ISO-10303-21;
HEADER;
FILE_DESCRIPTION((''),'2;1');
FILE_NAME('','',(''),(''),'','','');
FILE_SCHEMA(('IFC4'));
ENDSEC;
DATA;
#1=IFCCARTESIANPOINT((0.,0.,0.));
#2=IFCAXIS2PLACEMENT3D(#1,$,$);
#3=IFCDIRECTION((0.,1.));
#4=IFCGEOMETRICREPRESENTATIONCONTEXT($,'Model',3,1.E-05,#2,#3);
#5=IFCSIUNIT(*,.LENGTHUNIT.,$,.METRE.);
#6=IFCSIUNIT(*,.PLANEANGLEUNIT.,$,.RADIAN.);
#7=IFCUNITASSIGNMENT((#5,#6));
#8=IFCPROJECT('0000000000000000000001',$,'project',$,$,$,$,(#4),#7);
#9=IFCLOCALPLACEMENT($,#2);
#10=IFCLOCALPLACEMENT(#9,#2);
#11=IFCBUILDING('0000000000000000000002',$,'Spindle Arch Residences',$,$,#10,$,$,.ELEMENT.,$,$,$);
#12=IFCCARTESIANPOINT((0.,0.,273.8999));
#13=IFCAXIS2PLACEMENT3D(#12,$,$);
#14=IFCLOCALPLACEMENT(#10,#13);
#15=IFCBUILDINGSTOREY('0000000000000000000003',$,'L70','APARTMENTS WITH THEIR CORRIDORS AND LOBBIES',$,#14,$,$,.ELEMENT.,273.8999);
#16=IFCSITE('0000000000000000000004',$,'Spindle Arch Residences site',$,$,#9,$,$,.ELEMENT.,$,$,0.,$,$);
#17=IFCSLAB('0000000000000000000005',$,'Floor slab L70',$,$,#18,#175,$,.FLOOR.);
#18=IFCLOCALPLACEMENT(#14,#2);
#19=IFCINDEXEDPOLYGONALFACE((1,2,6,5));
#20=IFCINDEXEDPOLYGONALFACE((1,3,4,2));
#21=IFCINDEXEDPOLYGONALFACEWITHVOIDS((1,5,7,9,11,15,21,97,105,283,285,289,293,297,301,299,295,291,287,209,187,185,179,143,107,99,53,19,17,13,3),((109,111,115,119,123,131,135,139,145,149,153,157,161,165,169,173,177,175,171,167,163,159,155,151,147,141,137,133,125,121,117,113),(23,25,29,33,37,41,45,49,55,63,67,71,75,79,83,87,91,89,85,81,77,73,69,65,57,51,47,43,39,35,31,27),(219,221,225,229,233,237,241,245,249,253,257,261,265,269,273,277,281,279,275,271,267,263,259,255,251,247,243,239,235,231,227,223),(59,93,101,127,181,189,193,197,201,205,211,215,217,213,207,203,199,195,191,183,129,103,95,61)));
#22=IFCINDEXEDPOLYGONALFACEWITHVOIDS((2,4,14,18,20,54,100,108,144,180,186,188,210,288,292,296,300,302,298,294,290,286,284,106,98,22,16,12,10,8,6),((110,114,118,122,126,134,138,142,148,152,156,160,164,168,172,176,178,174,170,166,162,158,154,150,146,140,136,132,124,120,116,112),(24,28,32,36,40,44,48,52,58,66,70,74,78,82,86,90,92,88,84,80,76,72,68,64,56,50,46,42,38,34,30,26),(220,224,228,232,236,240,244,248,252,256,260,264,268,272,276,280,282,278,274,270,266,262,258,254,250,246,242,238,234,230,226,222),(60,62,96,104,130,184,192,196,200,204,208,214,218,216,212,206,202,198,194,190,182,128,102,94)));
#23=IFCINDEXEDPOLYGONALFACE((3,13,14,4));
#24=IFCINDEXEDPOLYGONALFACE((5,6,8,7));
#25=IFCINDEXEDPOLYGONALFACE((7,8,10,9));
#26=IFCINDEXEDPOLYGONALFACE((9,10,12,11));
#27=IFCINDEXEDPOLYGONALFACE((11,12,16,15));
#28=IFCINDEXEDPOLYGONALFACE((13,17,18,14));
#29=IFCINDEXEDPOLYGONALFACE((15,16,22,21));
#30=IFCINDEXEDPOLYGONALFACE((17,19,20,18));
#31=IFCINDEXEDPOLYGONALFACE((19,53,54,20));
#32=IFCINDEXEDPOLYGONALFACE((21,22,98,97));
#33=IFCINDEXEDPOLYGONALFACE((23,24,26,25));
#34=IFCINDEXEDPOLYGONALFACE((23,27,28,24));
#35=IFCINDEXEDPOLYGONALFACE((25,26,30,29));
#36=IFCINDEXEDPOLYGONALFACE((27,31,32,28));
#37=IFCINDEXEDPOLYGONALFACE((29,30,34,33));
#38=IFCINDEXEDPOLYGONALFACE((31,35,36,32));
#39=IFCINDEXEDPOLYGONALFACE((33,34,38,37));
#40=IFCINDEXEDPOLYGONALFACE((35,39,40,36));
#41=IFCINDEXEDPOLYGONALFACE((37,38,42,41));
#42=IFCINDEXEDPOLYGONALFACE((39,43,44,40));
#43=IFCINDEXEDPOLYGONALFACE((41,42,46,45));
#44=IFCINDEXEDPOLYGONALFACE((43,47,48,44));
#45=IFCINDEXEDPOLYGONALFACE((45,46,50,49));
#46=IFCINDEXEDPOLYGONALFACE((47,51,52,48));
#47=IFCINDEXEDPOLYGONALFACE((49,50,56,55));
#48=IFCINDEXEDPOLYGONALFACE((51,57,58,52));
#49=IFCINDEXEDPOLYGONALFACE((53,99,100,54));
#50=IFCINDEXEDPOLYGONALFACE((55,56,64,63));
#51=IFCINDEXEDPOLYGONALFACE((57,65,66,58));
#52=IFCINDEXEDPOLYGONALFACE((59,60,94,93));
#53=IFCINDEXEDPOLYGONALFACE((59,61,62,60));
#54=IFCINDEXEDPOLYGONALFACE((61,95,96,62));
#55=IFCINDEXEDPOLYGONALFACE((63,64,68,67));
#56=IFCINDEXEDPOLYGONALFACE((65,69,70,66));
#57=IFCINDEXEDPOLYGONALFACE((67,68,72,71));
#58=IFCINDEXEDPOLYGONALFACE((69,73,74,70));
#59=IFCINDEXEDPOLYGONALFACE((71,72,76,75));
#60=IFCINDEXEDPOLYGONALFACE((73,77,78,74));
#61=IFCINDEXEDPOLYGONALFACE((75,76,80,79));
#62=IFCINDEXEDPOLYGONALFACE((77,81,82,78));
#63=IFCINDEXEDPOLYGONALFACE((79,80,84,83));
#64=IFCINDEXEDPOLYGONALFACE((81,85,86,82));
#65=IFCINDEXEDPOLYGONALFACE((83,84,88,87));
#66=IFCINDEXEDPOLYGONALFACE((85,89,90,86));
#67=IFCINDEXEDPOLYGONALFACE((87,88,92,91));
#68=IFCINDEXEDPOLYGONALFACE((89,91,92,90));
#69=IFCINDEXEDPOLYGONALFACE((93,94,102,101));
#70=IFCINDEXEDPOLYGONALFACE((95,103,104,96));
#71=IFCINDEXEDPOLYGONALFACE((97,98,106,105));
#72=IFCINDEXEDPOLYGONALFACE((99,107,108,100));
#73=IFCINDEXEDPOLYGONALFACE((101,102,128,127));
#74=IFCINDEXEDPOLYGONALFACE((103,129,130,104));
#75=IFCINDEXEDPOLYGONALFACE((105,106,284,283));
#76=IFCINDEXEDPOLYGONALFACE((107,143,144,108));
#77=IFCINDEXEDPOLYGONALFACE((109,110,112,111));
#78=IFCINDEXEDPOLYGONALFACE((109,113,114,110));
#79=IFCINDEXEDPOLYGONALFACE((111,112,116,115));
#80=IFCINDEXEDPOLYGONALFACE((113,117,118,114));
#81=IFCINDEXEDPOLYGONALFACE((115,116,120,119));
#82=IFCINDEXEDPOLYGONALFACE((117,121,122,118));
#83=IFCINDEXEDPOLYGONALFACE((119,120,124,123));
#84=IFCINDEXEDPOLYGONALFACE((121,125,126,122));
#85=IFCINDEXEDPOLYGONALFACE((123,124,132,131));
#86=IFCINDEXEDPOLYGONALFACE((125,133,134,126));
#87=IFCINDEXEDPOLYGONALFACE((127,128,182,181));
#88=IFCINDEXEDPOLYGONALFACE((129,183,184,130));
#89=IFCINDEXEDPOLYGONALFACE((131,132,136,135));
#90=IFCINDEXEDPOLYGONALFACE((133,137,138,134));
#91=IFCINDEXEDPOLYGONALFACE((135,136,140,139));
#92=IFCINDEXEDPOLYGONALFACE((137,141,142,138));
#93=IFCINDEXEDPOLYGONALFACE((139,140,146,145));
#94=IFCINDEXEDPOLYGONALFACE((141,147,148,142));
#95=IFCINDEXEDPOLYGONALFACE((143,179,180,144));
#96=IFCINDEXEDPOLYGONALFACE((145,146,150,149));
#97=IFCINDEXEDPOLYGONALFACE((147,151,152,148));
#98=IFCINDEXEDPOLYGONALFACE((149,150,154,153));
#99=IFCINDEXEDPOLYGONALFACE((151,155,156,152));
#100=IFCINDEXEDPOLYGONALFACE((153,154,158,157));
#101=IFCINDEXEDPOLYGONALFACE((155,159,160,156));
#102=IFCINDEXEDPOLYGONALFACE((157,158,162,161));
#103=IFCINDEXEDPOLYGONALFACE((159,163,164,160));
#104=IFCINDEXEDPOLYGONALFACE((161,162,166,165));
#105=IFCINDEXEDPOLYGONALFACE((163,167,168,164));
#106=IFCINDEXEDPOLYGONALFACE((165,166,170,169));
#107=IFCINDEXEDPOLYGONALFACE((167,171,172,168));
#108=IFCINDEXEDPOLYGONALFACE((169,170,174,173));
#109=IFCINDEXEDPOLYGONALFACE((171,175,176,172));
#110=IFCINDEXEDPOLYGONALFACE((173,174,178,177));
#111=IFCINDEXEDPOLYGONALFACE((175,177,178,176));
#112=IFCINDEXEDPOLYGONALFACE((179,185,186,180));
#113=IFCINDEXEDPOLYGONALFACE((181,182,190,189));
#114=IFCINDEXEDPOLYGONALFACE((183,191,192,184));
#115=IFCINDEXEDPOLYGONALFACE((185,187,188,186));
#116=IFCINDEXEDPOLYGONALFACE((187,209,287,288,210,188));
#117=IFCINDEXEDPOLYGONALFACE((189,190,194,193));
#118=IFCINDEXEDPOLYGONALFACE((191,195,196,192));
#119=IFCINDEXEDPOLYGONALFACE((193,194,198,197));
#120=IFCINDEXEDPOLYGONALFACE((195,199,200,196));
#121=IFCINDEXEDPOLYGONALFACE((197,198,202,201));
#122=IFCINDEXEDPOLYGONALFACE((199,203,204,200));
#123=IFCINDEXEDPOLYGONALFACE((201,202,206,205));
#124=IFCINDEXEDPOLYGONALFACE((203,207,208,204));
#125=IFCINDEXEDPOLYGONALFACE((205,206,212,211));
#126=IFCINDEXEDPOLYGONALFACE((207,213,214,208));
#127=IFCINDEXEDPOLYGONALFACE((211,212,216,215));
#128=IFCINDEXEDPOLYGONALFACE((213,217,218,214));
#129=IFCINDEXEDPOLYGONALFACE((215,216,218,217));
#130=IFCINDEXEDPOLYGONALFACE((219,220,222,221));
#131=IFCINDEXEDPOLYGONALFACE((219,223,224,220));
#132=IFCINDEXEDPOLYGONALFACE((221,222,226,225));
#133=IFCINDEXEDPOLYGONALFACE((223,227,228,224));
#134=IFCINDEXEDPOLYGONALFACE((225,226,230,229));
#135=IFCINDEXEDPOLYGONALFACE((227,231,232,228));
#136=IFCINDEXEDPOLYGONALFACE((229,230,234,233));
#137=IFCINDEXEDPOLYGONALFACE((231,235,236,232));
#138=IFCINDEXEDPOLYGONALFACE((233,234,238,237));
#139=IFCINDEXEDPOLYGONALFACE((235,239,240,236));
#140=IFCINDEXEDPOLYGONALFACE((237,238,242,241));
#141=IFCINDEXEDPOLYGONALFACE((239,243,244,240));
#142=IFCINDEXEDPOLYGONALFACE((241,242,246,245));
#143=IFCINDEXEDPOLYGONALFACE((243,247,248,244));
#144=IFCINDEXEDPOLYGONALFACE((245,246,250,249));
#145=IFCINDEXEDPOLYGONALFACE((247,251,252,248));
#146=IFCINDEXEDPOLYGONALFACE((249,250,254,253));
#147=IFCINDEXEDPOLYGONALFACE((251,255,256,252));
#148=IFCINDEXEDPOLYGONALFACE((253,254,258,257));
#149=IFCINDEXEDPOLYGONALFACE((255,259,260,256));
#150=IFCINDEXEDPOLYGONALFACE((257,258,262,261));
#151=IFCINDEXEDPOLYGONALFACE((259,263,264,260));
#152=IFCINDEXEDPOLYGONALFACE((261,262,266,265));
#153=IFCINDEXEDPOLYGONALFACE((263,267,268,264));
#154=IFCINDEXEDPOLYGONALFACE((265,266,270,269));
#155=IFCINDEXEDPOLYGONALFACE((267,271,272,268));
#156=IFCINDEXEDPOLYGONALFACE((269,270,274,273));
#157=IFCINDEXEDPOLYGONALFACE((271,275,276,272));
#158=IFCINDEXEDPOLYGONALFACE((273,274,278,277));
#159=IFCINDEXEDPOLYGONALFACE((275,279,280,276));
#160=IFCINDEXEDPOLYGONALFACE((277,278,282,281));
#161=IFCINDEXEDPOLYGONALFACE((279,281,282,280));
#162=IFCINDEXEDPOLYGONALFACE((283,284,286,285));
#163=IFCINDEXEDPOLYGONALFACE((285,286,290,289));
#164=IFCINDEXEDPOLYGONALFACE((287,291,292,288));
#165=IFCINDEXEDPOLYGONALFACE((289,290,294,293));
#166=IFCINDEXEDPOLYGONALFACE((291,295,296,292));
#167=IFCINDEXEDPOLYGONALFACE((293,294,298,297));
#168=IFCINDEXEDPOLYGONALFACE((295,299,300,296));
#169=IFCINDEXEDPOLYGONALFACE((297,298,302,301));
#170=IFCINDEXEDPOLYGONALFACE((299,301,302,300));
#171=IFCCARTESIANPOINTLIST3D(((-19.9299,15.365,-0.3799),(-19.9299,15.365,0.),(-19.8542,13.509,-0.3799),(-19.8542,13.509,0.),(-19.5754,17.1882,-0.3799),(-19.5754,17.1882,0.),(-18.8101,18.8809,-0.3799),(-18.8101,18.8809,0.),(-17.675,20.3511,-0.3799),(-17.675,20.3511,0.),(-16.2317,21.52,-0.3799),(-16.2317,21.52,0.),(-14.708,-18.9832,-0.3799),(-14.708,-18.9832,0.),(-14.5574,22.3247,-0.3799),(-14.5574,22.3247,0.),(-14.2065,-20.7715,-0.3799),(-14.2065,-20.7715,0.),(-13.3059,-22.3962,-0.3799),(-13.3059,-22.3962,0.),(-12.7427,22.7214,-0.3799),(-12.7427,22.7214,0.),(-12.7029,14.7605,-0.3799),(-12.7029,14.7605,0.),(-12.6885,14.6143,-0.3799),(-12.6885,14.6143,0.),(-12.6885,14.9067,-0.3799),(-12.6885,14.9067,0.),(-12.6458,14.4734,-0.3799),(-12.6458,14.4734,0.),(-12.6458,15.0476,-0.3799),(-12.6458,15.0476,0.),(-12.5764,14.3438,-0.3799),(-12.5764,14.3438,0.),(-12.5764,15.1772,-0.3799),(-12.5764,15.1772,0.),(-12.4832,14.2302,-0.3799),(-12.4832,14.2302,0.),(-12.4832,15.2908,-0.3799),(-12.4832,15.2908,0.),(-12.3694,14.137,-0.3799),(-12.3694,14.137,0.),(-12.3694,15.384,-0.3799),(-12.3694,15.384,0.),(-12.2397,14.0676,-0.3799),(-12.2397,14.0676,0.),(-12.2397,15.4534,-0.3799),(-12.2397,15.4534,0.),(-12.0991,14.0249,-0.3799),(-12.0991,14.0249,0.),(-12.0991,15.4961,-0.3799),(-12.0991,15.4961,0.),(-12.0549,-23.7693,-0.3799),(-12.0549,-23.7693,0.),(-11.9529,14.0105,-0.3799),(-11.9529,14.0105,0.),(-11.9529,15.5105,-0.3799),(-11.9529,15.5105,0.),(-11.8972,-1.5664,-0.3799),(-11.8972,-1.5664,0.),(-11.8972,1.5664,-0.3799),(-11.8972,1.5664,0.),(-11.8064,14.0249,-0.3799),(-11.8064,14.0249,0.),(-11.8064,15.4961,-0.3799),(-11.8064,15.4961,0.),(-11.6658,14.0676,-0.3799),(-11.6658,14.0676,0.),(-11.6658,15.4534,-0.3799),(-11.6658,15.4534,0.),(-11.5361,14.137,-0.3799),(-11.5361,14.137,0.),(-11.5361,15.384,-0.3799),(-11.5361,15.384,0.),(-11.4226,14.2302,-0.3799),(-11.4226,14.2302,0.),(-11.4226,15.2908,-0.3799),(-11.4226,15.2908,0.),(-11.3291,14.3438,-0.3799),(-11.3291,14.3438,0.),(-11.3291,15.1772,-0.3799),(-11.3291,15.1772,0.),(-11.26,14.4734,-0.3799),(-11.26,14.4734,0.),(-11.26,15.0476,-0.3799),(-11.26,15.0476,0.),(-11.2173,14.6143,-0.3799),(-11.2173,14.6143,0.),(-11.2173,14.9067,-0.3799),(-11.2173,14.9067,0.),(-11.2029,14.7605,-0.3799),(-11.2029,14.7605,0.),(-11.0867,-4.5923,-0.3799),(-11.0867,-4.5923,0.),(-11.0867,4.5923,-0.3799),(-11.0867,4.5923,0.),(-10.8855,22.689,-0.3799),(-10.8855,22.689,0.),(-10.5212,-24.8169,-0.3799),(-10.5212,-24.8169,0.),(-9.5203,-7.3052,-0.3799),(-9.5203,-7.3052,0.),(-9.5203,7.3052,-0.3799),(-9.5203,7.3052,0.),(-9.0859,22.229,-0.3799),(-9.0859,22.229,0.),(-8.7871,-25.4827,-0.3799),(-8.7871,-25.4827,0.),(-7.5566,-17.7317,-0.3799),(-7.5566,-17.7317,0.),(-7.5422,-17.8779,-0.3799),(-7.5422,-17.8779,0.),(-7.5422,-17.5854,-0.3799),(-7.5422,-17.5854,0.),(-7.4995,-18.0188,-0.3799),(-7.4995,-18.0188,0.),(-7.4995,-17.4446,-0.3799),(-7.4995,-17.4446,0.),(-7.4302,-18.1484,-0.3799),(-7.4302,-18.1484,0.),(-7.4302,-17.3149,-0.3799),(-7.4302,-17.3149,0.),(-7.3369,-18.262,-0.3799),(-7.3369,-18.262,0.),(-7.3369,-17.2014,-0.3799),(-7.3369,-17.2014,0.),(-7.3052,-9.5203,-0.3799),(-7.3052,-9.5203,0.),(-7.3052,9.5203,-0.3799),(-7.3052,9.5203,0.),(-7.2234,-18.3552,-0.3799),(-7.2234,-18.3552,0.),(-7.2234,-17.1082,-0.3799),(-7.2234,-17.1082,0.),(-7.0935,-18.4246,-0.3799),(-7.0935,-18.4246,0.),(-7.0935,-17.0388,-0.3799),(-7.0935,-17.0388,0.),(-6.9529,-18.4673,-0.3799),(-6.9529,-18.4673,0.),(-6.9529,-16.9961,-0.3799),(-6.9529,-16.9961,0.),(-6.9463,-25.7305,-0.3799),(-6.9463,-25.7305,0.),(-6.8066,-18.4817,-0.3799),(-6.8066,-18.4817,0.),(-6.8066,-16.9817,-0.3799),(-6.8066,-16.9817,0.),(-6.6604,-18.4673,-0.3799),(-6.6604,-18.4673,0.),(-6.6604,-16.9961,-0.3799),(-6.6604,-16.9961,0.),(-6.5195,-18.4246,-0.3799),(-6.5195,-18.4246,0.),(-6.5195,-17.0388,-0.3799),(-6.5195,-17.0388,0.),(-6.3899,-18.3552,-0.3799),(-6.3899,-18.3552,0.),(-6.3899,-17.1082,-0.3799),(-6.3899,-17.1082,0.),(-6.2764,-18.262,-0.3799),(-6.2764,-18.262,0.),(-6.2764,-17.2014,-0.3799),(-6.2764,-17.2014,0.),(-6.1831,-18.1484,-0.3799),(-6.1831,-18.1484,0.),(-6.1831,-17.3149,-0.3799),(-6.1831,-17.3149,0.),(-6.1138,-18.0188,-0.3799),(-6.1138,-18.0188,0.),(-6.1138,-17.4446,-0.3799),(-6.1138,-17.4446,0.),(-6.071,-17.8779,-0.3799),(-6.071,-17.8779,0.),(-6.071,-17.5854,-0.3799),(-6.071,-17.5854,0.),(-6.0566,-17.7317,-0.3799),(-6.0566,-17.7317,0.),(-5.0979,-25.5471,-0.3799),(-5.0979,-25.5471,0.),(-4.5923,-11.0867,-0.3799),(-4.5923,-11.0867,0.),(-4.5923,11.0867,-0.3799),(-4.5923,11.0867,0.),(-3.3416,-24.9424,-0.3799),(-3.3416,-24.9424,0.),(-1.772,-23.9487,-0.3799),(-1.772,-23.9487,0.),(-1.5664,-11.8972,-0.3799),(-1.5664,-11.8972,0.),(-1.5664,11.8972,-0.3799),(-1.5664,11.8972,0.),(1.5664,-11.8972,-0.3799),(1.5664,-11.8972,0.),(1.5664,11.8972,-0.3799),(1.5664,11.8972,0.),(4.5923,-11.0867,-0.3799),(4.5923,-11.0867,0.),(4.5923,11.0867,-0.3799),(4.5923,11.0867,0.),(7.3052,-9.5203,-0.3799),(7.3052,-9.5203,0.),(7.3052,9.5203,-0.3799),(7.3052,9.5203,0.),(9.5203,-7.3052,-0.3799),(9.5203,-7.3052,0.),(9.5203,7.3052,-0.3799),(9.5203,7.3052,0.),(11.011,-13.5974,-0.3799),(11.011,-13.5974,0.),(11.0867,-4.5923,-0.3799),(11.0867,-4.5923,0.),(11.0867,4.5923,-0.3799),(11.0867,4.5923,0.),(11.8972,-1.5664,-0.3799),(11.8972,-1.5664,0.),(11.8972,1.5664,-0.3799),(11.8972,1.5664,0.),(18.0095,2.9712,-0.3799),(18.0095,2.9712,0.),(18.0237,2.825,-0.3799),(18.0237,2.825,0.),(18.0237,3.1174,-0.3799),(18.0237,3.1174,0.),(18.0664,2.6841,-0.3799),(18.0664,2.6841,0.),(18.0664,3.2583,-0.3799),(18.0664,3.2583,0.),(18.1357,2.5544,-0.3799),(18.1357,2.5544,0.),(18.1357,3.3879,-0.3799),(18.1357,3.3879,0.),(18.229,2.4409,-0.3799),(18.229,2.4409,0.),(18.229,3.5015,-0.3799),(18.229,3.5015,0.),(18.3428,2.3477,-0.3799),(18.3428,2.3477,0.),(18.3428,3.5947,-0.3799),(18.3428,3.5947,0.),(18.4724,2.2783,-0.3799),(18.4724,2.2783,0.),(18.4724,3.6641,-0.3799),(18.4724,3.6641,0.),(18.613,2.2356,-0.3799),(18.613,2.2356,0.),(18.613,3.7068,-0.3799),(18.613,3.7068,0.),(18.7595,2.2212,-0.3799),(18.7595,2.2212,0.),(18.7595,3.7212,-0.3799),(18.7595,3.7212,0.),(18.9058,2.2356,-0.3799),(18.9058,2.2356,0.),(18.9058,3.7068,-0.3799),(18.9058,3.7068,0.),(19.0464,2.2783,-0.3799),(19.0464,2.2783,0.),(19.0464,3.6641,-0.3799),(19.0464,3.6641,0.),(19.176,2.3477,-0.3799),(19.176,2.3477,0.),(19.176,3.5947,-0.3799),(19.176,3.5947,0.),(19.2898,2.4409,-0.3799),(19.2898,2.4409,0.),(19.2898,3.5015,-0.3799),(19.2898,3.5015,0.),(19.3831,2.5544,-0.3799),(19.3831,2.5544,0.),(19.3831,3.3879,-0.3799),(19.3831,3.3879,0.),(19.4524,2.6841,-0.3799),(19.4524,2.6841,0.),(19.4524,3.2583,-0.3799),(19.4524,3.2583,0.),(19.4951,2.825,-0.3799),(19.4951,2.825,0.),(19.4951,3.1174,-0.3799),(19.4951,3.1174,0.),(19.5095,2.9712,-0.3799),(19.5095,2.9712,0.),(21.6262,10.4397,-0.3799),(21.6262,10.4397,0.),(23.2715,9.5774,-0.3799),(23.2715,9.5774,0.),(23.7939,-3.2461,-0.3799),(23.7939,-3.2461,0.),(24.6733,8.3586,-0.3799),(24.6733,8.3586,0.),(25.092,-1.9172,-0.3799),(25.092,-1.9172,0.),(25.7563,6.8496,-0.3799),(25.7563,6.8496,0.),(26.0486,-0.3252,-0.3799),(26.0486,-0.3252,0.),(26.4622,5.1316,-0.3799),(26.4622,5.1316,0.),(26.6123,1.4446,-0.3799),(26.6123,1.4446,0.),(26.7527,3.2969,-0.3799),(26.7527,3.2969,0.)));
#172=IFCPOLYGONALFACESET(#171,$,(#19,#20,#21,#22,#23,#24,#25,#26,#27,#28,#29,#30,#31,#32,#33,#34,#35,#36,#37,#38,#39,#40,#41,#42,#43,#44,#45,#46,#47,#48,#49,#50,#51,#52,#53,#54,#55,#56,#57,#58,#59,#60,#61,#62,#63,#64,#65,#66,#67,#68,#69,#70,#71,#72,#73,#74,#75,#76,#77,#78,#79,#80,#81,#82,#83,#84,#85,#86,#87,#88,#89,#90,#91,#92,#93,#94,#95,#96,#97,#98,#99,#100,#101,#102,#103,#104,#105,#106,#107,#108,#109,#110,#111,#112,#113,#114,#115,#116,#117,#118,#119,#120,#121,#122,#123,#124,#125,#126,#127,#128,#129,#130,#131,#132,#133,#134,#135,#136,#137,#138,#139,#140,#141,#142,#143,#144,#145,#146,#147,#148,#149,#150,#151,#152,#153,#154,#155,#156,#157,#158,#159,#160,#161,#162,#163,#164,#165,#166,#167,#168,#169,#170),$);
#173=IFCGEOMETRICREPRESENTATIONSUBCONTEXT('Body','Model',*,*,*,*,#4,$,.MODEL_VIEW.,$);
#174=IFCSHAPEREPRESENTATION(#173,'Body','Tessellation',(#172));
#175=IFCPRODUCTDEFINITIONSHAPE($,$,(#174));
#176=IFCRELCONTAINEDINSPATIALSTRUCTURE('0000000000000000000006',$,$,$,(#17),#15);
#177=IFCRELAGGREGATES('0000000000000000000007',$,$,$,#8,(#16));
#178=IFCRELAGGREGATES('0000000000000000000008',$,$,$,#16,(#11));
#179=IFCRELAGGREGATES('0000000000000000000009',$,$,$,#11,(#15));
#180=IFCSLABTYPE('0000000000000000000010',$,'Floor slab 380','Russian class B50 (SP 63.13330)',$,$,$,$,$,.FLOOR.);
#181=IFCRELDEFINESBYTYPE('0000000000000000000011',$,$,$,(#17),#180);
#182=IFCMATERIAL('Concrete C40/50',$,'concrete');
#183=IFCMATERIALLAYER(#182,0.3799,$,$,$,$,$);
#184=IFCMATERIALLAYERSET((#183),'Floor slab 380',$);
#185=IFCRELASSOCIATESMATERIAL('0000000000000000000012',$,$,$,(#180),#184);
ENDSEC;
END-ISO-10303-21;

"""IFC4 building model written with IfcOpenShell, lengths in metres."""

from ifc_helpers import new_model, si_unit, direction, frame, origin, place, context, subcontext, project, spatial, polyline, outline, extrude, material, layer, layer_set, type_object, element, save


model = new_model("IFC4")

# Units and contexts
model_context = context("Model", 3, precision=1e-05, world=origin(), true_north=direction((0.0, 1.0)))
body_context = subcontext(model_context, "Body", "Model", "MODEL_VIEW")
ifc_project = project(units=[si_unit("LENGTHUNIT", "METRE"), si_unit("PLANEANGLEUNIT", "RADIAN")], contexts=[model_context])

# Site, building, storey
site_placement = place(None, origin())
site = spatial("IfcSite", under=ifc_project, at=site_placement, Name="Spindle Arch Residences site", CompositionType="ELEMENT", RefElevation=0.0)
building_placement = place(site_placement, origin())
building = spatial("IfcBuilding", under=site, at=building_placement, Name="Spindle Arch Residences", CompositionType="ELEMENT")
storey_placement = place(building_placement, frame((0.0, 0.0, 273.8999)))
storey = spatial("IfcBuildingStorey", under=building, at=storey_placement, Name="L70", Description="APARTMENTS WITH THEIR CORRIDORS AND LOBBIES", CompositionType="ELEMENT", Elevation=273.8999)

# Slab
ifc_material_1 = material(Name="Concrete C40/50", Category="concrete")
ifc_layer_1 = layer(ifc_material_1, 0.3799)
ifc_layer_set_1 = layer_set([ifc_layer_1], Name="Floor slab 380")
slab_type_1 = type_object("IfcSlabType", Name="Floor slab 380", Description="Russian class B50 (SP 63.13330)", PredefinedType="FLOOR", material=ifc_layer_set_1)
slab_1_placement = place(storey_placement, frame((0.0, 0.0, -0.3799)))
element("IfcSlab", 1, at=slab_1_placement, inside=storey, type_object=slab_type_1, Name="Floor slab L70", PredefinedType="FLOOR", context=body_context, shape_type="SweptSolid", body=[
    extrude(outline(polyline([(-3.3416, -24.9424), (-5.0979, -25.5471), (-6.9463, -25.7305), (-8.7871, -25.4827), (-10.5212, -24.8169), (-12.0549, -23.7693), (-13.3059, -22.3962), (-14.2065, -20.7715), (-14.708, -18.9832), (-19.8542, 13.509), (-19.9299, 15.365), (-19.5754, 17.1882), (-18.8101, 18.8809), (-17.675, 20.3511), (-16.2317, 21.52), (-14.5574, 22.3247), (-12.7427, 22.7214), (-10.8855, 22.689), (-9.0859, 22.229), (21.6262, 10.4397), (23.2715, 9.5774), (24.6733, 8.3586), (25.7563, 6.8496), (26.4622, 5.1316), (26.7527, 3.2969), (26.6123, 1.4446), (26.0486, -0.3252), (25.092, -1.9172), (23.7939, -3.2461), (11.011, -13.5974), (-1.772, -23.9487), (-3.3416, -24.9424)]), holes=[polyline([(7.3052, -9.5203), (9.5203, -7.3052), (11.0867, -4.5923), (11.8972, -1.5664), (11.8972, 1.5664), (11.0867, 4.5923), (9.5203, 7.3052), (7.3052, 9.5203), (4.5923, 11.0867), (1.5664, 11.8972), (-1.5664, 11.8972), (-4.5923, 11.0867), (-7.3052, 9.5203), (-9.5203, 7.3052), (-11.0867, 4.5923), (-11.8972, 1.5664), (-11.8972, -1.5664), (-11.0867, -4.5923), (-9.5203, -7.3052), (-7.3052, -9.5203), (-4.5923, -11.0867), (-1.5664, -11.8972), (1.5664, -11.8972), (4.5923, -11.0867), (7.3052, -9.5203)]), polyline([(-6.2764, -18.262), (-6.1831, -18.1484), (-6.1138, -18.0188), (-6.071, -17.8779), (-6.0566, -17.7317), (-6.071, -17.5854), (-6.1138, -17.4446), (-6.1831, -17.3149), (-6.2764, -17.2014), (-6.3899, -17.1082), (-6.5195, -17.0388), (-6.6604, -16.9961), (-6.8066, -16.9817), (-6.9529, -16.9961), (-7.0935, -17.0388), (-7.2234, -17.1082), (-7.3369, -17.2014), (-7.4302, -17.3149), (-7.4995, -17.4446), (-7.5422, -17.5854), (-7.5566, -17.7317), (-7.5422, -17.8779), (-7.4995, -18.0188), (-7.4302, -18.1484), (-7.3369, -18.262), (-7.2234, -18.3552), (-7.0935, -18.4246), (-6.9529, -18.4673), (-6.8066, -18.4817), (-6.6604, -18.4673), (-6.5195, -18.4246), (-6.3899, -18.3552), (-6.2764, -18.262)]), polyline([(-11.3291, 14.3438), (-11.26, 14.4734), (-11.2173, 14.6143), (-11.2029, 14.7605), (-11.2173, 14.9067), (-11.26, 15.0476), (-11.3291, 15.1772), (-11.4226, 15.2908), (-11.5361, 15.384), (-11.6658, 15.4534), (-11.8064, 15.4961), (-11.9529, 15.5105), (-12.0991, 15.4961), (-12.2397, 15.4534), (-12.3694, 15.384), (-12.4832, 15.2908), (-12.5764, 15.1772), (-12.6458, 15.0476), (-12.6885, 14.9067), (-12.7029, 14.7605), (-12.6885, 14.6143), (-12.6458, 14.4734), (-12.5764, 14.3438), (-12.4832, 14.2302), (-12.3694, 14.137), (-12.2397, 14.0676), (-12.0991, 14.0249), (-11.9529, 14.0105), (-11.8064, 14.0249), (-11.6658, 14.0676), (-11.5361, 14.137), (-11.4226, 14.2302), (-11.3291, 14.3438)]), polyline([(19.3831, 2.5544), (19.4524, 2.6841), (19.4951, 2.825), (19.5095, 2.9712), (19.4951, 3.1174), (19.4524, 3.2583), (19.3831, 3.3879), (19.2898, 3.5015), (19.176, 3.5947), (19.0464, 3.6641), (18.9058, 3.7068), (18.7595, 3.7212), (18.613, 3.7068), (18.4724, 3.6641), (18.3428, 3.5947), (18.229, 3.5015), (18.1357, 3.3879), (18.0664, 3.2583), (18.0237, 3.1174), (18.0095, 2.9712), (18.0237, 2.825), (18.0664, 2.6841), (18.1357, 2.5544), (18.229, 2.4409), (18.3428, 2.3477), (18.4724, 2.2783), (18.613, 2.2356), (18.7595, 2.2212), (18.9058, 2.2356), (19.0464, 2.2783), (19.176, 2.3477), (19.2898, 2.4409), (19.3831, 2.5544)])]), origin(), (0.0, 0.0, 1.0), 0.3799),
])

save(model, "model.ifc")
